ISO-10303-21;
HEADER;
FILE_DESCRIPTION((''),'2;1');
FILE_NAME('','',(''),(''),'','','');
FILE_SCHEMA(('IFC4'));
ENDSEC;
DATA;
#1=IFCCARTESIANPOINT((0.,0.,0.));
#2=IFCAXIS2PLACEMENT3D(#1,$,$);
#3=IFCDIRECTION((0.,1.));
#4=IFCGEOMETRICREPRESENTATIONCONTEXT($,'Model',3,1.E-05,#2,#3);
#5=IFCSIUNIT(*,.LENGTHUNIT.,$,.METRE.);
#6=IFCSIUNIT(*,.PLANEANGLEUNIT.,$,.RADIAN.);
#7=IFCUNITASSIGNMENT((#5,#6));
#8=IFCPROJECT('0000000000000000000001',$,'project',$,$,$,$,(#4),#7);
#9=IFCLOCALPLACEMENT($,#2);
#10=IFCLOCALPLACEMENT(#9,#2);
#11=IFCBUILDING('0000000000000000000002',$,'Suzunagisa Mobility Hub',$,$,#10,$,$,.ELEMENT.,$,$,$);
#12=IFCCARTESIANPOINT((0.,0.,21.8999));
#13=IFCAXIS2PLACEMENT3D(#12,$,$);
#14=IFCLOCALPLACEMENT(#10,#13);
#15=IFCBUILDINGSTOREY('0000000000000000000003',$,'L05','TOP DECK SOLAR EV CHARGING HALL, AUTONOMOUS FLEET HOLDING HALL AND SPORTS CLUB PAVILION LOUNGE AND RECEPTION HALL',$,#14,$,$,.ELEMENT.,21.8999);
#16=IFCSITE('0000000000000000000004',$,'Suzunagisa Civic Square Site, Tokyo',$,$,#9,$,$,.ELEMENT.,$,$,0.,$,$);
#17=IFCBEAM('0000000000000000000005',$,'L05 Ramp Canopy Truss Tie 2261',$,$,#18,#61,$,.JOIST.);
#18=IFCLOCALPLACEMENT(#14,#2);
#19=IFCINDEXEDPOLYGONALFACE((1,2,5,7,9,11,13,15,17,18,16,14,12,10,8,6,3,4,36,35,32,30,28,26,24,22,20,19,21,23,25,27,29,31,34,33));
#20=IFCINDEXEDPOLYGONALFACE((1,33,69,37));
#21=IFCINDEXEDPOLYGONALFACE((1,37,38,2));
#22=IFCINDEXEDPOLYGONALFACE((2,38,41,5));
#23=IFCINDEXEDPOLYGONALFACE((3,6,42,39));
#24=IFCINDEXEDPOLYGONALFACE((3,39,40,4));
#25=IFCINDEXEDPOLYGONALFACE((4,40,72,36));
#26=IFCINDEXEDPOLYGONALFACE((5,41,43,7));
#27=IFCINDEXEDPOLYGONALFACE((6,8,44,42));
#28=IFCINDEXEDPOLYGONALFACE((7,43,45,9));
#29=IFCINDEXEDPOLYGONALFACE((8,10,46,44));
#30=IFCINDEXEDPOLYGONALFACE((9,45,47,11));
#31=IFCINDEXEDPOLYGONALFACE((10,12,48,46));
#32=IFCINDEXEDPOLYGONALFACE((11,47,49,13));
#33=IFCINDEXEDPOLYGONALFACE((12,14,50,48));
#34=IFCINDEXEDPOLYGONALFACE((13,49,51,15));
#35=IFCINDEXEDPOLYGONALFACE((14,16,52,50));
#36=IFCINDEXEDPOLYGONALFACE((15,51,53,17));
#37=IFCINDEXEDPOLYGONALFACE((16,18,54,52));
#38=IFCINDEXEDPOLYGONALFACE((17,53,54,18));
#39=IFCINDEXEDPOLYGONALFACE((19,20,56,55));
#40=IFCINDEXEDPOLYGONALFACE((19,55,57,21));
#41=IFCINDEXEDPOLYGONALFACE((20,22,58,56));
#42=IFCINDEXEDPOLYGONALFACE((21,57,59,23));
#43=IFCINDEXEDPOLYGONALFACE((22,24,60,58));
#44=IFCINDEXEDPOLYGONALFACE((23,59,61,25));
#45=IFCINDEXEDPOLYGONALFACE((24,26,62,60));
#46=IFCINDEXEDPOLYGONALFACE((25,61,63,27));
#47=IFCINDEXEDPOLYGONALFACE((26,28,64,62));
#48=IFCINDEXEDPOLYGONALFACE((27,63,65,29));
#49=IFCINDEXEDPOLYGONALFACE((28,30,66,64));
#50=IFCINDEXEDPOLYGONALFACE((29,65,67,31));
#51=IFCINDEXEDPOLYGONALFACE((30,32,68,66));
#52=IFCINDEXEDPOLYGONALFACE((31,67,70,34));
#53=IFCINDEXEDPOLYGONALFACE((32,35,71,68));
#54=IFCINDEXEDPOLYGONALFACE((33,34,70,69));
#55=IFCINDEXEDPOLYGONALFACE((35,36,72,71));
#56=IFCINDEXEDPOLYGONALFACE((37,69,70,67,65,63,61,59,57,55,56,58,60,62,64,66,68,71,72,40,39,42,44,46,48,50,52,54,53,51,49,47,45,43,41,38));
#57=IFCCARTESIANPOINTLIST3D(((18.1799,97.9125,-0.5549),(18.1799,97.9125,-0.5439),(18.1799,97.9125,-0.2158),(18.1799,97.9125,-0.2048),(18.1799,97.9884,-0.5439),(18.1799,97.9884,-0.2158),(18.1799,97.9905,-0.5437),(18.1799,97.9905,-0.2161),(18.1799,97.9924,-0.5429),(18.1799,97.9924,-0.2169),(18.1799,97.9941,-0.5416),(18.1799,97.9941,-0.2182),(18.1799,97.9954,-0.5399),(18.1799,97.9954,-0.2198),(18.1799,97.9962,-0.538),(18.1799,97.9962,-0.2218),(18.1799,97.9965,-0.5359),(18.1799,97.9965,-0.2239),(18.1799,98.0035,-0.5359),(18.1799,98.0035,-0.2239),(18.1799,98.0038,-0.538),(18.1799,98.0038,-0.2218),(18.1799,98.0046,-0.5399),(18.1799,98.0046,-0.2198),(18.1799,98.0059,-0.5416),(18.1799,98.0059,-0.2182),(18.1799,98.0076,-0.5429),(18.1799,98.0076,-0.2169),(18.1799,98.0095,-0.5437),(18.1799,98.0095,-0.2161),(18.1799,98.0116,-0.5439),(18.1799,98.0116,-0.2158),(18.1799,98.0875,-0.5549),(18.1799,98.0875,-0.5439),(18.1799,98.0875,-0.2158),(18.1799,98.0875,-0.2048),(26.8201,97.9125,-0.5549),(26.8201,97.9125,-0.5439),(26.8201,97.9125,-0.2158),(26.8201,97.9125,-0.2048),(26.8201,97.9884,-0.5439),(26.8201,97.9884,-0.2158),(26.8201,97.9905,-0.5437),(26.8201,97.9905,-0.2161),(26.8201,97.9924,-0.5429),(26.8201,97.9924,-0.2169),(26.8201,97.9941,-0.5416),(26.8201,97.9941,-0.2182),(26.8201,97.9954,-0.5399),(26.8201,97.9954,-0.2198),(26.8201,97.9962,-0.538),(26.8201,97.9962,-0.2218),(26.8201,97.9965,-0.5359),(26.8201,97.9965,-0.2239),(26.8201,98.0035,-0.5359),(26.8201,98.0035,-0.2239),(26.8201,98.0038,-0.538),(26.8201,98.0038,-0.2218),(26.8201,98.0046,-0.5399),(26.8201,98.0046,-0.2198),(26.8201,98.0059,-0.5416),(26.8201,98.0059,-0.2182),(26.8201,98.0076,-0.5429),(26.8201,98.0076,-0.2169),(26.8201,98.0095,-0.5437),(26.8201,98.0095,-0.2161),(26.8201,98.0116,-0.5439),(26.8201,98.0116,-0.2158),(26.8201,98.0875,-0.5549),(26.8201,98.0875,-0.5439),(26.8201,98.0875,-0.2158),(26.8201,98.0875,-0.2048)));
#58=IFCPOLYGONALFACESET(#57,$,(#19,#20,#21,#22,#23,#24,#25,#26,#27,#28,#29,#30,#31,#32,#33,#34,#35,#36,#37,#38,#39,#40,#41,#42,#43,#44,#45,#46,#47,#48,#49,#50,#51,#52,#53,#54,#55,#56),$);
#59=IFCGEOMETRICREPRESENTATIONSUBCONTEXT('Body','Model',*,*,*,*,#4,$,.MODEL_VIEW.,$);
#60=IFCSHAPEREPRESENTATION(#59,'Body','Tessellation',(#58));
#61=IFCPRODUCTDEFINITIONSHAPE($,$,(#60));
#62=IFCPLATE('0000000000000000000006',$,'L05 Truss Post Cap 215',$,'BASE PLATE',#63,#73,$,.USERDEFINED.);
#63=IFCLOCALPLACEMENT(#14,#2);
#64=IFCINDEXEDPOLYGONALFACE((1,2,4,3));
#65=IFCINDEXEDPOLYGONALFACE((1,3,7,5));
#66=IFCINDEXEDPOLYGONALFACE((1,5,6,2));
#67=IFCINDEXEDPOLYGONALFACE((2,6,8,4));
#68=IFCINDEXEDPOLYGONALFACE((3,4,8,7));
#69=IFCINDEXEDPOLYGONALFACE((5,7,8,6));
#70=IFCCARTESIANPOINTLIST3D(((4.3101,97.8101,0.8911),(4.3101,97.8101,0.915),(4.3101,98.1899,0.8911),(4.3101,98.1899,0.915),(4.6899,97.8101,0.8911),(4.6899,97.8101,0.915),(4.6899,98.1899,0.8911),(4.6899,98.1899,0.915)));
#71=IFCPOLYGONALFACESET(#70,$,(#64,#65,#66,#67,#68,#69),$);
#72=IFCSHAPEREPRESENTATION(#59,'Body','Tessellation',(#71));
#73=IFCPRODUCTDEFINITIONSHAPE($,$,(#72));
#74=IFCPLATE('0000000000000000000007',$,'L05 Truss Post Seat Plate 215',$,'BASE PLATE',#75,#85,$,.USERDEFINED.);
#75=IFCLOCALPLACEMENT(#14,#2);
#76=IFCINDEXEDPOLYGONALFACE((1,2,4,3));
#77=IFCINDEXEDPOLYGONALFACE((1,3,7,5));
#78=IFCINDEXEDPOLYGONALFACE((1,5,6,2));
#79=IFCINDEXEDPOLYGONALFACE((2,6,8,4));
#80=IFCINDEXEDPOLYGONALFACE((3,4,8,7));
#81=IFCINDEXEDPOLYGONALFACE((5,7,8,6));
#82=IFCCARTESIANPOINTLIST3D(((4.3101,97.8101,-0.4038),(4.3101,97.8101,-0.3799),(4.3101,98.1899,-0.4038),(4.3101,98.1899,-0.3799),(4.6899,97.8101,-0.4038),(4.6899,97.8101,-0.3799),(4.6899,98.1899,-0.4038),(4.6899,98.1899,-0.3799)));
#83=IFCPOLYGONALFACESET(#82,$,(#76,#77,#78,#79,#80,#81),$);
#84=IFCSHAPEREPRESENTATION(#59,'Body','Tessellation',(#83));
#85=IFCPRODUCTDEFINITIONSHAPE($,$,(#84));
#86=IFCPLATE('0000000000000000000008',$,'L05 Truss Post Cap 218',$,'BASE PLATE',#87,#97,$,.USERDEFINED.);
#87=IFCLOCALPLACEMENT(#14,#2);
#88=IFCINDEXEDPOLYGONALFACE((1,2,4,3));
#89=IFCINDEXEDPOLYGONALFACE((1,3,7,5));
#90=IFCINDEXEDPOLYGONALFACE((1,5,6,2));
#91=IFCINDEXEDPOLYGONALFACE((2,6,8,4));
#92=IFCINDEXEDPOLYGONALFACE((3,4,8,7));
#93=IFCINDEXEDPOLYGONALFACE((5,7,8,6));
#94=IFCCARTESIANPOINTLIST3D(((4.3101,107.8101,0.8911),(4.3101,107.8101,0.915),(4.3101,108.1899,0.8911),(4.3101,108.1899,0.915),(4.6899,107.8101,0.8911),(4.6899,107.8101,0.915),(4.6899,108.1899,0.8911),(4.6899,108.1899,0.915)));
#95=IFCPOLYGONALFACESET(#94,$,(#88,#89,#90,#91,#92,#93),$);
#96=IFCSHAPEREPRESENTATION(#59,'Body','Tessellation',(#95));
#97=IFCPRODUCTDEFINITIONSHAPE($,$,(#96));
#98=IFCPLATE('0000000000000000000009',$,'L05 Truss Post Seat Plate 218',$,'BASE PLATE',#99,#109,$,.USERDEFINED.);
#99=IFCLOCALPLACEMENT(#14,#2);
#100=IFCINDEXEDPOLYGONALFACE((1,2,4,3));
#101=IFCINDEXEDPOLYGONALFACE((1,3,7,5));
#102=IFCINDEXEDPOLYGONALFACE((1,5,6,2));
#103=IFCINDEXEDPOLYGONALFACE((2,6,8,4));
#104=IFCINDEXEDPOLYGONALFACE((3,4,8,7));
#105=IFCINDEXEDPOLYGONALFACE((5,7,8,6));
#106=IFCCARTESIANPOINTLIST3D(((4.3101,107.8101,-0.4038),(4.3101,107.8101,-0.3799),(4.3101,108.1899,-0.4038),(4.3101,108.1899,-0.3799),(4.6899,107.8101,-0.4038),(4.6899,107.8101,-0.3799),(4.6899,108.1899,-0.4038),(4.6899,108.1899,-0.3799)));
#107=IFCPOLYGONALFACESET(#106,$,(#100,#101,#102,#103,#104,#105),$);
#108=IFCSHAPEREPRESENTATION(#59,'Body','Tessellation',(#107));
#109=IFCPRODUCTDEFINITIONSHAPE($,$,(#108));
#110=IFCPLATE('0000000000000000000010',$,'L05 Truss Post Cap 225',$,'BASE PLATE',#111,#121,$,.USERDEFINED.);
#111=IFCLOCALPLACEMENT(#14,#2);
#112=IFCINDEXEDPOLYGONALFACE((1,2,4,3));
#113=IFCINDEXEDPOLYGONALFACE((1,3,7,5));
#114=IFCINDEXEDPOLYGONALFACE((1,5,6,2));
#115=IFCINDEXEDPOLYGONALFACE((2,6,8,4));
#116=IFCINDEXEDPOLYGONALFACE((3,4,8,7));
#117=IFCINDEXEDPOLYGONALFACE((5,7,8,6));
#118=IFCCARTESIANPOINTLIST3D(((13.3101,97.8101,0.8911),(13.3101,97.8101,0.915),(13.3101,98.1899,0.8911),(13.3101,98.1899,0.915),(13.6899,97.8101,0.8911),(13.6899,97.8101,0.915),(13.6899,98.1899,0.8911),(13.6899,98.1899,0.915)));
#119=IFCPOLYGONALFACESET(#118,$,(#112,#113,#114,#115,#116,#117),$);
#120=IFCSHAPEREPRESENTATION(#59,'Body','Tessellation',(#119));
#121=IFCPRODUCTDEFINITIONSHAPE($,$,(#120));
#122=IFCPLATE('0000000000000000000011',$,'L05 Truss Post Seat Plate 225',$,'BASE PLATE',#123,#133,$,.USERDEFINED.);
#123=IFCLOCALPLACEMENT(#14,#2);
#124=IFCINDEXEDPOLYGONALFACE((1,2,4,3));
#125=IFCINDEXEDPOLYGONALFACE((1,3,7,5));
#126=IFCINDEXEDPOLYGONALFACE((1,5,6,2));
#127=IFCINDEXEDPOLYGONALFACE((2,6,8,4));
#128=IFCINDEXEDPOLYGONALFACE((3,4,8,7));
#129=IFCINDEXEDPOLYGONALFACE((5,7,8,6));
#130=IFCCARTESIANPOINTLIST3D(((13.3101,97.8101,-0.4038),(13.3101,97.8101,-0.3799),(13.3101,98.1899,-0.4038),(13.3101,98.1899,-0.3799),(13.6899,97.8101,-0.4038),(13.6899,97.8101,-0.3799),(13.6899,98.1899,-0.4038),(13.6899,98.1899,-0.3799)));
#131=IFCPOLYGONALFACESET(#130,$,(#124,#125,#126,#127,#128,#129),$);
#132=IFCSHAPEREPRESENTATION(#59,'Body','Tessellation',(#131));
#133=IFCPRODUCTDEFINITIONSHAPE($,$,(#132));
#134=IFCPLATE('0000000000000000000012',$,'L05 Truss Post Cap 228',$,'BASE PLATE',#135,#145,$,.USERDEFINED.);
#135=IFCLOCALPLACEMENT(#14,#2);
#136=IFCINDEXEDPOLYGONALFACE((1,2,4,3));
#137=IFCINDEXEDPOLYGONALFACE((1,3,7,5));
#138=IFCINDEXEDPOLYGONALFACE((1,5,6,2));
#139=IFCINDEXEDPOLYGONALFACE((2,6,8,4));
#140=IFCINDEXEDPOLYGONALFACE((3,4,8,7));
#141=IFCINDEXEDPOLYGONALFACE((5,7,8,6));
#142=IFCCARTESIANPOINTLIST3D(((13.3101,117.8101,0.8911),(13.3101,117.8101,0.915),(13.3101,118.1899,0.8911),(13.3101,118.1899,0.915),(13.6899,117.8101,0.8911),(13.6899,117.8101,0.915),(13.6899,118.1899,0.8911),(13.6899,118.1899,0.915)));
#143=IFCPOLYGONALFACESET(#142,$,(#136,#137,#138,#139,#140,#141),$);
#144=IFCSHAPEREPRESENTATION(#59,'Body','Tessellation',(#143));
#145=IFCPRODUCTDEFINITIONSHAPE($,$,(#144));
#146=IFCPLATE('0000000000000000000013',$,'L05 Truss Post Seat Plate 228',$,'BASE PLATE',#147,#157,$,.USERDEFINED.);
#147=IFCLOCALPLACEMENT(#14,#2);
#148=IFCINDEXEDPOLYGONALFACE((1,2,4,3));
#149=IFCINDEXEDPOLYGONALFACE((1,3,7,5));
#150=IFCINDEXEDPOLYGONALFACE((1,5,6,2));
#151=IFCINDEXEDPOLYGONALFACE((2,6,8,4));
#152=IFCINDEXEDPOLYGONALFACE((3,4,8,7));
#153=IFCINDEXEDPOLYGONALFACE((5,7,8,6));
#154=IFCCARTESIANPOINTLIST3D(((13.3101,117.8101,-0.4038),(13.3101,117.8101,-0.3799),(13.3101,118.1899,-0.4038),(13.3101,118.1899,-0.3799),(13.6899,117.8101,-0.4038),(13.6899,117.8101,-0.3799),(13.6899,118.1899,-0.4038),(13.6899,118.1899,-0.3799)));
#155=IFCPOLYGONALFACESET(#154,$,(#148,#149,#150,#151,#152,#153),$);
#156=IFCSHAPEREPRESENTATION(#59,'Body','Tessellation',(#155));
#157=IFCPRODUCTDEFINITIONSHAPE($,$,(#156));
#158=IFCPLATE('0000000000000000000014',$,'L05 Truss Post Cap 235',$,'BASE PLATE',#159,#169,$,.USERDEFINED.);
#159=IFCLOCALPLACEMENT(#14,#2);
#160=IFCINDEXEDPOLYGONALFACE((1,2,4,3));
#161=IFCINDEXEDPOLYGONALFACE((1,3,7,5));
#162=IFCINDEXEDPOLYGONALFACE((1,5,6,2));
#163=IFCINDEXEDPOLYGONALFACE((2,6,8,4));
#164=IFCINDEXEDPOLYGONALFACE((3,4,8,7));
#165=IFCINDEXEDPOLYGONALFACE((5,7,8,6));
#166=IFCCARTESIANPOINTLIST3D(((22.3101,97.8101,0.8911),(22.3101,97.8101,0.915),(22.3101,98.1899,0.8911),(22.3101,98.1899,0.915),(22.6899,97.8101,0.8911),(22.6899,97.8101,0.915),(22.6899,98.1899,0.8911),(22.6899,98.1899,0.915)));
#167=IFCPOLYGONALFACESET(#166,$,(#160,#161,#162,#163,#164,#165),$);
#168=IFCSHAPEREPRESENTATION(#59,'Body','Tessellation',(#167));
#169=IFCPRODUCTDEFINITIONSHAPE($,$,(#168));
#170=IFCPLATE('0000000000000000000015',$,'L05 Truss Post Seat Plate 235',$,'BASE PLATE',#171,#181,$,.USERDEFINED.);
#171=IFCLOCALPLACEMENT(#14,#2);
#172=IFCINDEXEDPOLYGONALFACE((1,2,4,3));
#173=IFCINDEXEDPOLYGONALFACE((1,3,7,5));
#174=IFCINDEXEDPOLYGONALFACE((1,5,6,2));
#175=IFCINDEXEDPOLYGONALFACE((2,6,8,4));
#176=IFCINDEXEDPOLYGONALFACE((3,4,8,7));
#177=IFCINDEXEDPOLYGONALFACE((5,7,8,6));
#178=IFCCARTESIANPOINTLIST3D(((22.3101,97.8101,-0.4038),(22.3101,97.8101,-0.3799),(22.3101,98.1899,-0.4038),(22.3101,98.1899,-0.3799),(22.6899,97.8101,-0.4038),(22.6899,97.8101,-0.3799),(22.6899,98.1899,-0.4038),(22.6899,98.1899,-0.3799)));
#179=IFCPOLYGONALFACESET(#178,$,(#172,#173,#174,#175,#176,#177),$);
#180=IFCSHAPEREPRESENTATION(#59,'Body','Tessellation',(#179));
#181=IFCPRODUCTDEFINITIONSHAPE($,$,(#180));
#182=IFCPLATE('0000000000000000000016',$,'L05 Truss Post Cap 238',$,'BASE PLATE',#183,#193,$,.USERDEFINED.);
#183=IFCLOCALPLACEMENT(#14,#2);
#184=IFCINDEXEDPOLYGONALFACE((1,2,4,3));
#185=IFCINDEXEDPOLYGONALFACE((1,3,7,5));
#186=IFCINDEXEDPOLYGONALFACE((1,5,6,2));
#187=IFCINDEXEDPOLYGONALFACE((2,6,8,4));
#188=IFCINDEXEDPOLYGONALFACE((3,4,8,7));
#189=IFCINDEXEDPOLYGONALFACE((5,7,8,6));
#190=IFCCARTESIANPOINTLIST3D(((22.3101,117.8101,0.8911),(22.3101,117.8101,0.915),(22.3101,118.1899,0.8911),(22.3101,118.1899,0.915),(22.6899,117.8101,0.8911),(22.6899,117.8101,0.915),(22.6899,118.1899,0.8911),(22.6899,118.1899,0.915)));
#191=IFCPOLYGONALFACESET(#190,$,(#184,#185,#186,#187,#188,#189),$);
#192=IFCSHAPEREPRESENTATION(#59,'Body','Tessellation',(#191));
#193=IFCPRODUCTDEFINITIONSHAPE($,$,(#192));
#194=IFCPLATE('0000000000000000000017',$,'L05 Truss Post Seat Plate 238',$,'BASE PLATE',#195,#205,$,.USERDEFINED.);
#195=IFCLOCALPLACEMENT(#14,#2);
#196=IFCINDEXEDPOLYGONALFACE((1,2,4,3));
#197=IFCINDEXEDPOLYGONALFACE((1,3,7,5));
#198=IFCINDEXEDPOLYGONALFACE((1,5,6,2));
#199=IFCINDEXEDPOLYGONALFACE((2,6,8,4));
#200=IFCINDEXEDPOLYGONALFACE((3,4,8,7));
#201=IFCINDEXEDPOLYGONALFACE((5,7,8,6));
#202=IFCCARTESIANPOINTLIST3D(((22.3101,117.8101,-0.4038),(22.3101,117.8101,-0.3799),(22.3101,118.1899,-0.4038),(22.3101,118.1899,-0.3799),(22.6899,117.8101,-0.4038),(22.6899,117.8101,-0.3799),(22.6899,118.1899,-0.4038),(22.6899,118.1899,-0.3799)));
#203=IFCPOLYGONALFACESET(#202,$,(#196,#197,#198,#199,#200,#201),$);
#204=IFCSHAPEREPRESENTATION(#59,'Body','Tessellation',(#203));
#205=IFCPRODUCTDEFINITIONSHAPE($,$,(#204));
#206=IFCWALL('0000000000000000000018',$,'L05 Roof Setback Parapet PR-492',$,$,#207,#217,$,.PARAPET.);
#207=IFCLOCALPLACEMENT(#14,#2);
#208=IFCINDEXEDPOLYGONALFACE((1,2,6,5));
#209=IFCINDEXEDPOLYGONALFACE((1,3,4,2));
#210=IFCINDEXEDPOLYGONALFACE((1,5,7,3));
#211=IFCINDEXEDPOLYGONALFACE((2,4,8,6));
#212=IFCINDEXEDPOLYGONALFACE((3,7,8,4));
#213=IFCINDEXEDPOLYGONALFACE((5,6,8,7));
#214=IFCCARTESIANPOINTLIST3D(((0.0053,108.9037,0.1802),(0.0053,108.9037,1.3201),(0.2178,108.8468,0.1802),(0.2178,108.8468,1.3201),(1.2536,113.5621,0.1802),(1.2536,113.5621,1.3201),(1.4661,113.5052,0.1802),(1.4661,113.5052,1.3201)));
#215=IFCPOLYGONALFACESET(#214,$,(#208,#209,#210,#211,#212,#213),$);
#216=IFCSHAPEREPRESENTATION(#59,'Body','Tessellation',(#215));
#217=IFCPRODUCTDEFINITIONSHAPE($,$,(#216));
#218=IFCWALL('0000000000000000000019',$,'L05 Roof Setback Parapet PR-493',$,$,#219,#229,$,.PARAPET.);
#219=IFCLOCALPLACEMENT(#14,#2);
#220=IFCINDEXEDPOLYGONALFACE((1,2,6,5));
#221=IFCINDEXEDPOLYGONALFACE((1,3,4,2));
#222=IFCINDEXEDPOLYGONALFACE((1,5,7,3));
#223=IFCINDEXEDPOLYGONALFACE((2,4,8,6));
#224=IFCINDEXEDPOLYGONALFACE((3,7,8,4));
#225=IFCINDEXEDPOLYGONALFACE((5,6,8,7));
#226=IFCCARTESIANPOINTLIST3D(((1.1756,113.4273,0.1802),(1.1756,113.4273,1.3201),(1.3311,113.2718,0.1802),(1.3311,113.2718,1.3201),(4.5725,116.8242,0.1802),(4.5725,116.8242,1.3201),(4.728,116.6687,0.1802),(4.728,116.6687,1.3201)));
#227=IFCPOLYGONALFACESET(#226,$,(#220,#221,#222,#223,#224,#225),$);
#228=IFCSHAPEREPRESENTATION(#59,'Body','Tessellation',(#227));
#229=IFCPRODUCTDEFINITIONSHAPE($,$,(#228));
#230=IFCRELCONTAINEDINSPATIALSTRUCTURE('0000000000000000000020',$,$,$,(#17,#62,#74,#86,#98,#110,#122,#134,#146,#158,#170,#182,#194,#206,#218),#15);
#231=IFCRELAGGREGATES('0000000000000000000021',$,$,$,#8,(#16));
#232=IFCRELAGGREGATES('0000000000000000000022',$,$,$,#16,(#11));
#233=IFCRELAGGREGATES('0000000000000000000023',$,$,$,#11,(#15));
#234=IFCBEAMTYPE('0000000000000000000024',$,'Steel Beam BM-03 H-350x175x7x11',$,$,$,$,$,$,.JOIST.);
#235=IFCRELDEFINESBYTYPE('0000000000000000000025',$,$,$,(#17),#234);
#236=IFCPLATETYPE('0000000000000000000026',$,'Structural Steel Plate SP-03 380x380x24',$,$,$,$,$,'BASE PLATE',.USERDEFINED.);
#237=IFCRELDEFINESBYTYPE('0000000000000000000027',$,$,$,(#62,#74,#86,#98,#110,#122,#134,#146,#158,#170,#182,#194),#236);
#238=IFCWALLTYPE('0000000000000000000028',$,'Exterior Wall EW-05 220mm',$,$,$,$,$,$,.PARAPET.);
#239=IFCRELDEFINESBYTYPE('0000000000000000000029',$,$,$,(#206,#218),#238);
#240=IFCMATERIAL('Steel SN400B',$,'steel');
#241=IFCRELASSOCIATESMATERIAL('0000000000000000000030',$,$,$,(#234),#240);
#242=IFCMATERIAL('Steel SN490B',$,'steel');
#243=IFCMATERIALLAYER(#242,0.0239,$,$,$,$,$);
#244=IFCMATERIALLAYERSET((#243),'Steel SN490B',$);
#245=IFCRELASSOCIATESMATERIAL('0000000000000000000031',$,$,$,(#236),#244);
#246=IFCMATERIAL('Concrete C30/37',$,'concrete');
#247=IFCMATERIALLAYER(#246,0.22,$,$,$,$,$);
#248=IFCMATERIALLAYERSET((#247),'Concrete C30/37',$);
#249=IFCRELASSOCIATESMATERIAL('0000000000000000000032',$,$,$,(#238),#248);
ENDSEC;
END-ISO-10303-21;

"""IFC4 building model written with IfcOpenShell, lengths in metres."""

from ifc_helpers import new_model, si_unit, direction, frame, frame_2d, origin, origin_2d, place, context, subcontext, project, spatial, rectangle, i_section, extrude, material, layer, layer_set, material_profile, profile_set, type_object, element, save


model = new_model("IFC4")

# Units and contexts
model_context = context("Model", 3, precision=1e-05, world=origin(), true_north=direction((0.0, 1.0)))
body_context = subcontext(model_context, "Body", "Model", "MODEL_VIEW")
ifc_project = project(units=[si_unit("LENGTHUNIT", "METRE"), si_unit("PLANEANGLEUNIT", "RADIAN")], contexts=[model_context])

# Site, building, storey
site_placement = place(None, origin())
site = spatial("IfcSite", under=ifc_project, at=site_placement, Name="Suzunagisa Civic Square Site, Tokyo", CompositionType="ELEMENT", RefElevation=0.0)
building_placement = place(site_placement, origin())
building = spatial("IfcBuilding", under=site, at=building_placement, Name="Suzunagisa Mobility Hub", CompositionType="ELEMENT")
storey_placement = place(building_placement, frame((0.0, 0.0, 21.8999)))
storey = spatial("IfcBuildingStorey", under=building, at=storey_placement, Name="L05", Description="TOP DECK SOLAR EV CHARGING HALL, AUTONOMOUS FLEET HOLDING HALL AND SPORTS CLUB PAVILION LOUNGE AND RECEPTION HALL", CompositionType="ELEMENT", Elevation=21.8999)

# Shared definitions
ifc_material_1 = material(Name="Steel SN400B", Category="steel")

# Beam
ifc_material_profile_1 = material_profile(ifc_material_1, i_section(OverallWidth=0.175, OverallDepth=0.3501, WebThickness=0.0071, FlangeThickness=0.011, FilletRadius=0.0081, at=origin_2d()), Name="H-350x175x7x11")
ifc_profile_set_1 = profile_set([ifc_material_profile_1], Name="Steel SN400B")
beam_type = type_object("IfcBeamType", Name="Steel Beam BM-03 H-350x175x7x11", PredefinedType="JOIST", material=ifc_profile_set_1)
for number, where, z_axis, x_axis, name in (
    (1, (18.1799, 98.0, -0.3799), (1.0, 0.0, 0.0), (0.0, 1.0, 0.0), "L05 Ramp Canopy Truss Tie 2261"),
):
    element("IfcBeam", number, at=place(storey_placement, frame(where, z_axis=z_axis, x_axis=x_axis)), inside=storey, type_object=beam_type, Name=name, PredefinedType="JOIST", context=body_context, shape_type="SweptSolid", body=[
        extrude(i_section(OverallWidth=0.175, OverallDepth=0.3501, WebThickness=0.0071, FlangeThickness=0.011, FilletRadius=0.0081, at=origin_2d()), origin(), (0.0, 0.0, 1.0), 8.6401),
    ])

# Plates
ifc_material_2 = material(Name="Steel SN490B", Category="steel")
ifc_layer_1 = layer(ifc_material_2, 0.0239)
ifc_layer_set_1 = layer_set([ifc_layer_1], Name="Steel SN490B")
plate_type = type_object("IfcPlateType", Name="Structural Steel Plate SP-03 380x380x24", ElementType="BASE PLATE", PredefinedType="USERDEFINED", material=ifc_layer_set_1)
for number, where, z_axis, x_axis, name in (
    (2, (4.5, 98.0, 0.8911), (0.0, 0.0, 1.0), (1.0, 0.0, 0.0), "L05 Truss Post Cap 215"),
    (3, (4.5, 98.0, -0.4038), (0.0, 0.0, 1.0), (1.0, 0.0, 0.0), "L05 Truss Post Seat Plate 215"),
    (4, (4.5, 108.0, 0.8911), (0.0, 0.0, 1.0), (1.0, 0.0, 0.0), "L05 Truss Post Cap 218"),
    (5, (4.5, 108.0, -0.4038), (0.0, 0.0, 1.0), (1.0, 0.0, 0.0), "L05 Truss Post Seat Plate 218"),
    (6, (13.5, 98.0, 0.8911), (0.0, 0.0, 1.0), (1.0, 0.0, 0.0), "L05 Truss Post Cap 225"),
    (7, (13.5, 98.0, -0.4038), (0.0, 0.0, 1.0), (1.0, 0.0, 0.0), "L05 Truss Post Seat Plate 225"),
    (8, (13.5, 118.0, 0.8911), (0.0, 0.0, 1.0), (1.0, 0.0, 0.0), "L05 Truss Post Cap 228"),
    (9, (13.5, 118.0, -0.4038), (0.0, 0.0, 1.0), (1.0, 0.0, 0.0), "L05 Truss Post Seat Plate 228"),
    (10, (22.5, 98.0, 0.8911), (0.0, 0.0, 1.0), (1.0, 0.0, 0.0), "L05 Truss Post Cap 235"),
    (11, (22.5, 98.0, -0.4038), (0.0, 0.0, 1.0), (1.0, 0.0, 0.0), "L05 Truss Post Seat Plate 235"),
    (12, (22.5, 118.0, 0.8911), (0.0, 0.0, 1.0), (1.0, 0.0, 0.0), "L05 Truss Post Cap 238"),
    (13, (22.5, 118.0, -0.4038), (0.0, 0.0, 1.0), (1.0, 0.0, 0.0), "L05 Truss Post Seat Plate 238"),
):
    element("IfcPlate", number, at=place(storey_placement, frame(where, z_axis=z_axis, x_axis=x_axis)), inside=storey, type_object=plate_type, Name=name, ObjectType="BASE PLATE", PredefinedType="USERDEFINED", context=body_context, shape_type="SweptSolid", body=[
        extrude(rectangle(XDim=0.3799, YDim=0.3799, at=origin_2d()), origin(), (0.0, 0.0, 1.0), 0.0239),
    ])

# Walls
ifc_material_3 = material(Name="Concrete C30/37", Category="concrete")
ifc_layer_2 = layer(ifc_material_3, 0.22)
ifc_layer_set_2 = layer_set([ifc_layer_2], Name="Concrete C30/37")
wall_type = type_object("IfcWallType", Name="Exterior Wall EW-05 220mm", PredefinedType="PARAPET", material=ifc_layer_set_2)
wall_1_placement = place(storey_placement, frame((0.1116, 108.8752, 0.1802), z_axis=(0.0, 0.0, 1.0), x_axis=(0.258831, 0.965923, 0.0)))
element("IfcWall", 14, at=wall_1_placement, inside=storey, type_object=wall_type, Name="L05 Roof Setback Parapet PR-492", PredefinedType="PARAPET", context=body_context, shape_type="SweptSolid", body=[
    extrude(rectangle(XDim=4.8228, YDim=0.22, at=frame_2d((2.4114, 0.0))), origin(), (0.0, 0.0, 1.0), 1.1399),
])
wall_2_placement = place(storey_placement, frame((1.2534, 113.3496, 0.1802), z_axis=(0.0, 0.0, 1.0), x_axis=(0.707107, 0.707107, 0.0)))
element("IfcWall", 15, at=wall_2_placement, inside=storey, type_object=wall_type, Name="L05 Roof Setback Parapet PR-493", PredefinedType="PARAPET", context=body_context, shape_type="SweptSolid", body=[
    extrude(rectangle(XDim=4.804, YDim=0.22, at=frame_2d((2.4019, 0.0))), origin(), (0.0, 0.0, 1.0), 1.1399),
])

save(model, "model.ifc")
